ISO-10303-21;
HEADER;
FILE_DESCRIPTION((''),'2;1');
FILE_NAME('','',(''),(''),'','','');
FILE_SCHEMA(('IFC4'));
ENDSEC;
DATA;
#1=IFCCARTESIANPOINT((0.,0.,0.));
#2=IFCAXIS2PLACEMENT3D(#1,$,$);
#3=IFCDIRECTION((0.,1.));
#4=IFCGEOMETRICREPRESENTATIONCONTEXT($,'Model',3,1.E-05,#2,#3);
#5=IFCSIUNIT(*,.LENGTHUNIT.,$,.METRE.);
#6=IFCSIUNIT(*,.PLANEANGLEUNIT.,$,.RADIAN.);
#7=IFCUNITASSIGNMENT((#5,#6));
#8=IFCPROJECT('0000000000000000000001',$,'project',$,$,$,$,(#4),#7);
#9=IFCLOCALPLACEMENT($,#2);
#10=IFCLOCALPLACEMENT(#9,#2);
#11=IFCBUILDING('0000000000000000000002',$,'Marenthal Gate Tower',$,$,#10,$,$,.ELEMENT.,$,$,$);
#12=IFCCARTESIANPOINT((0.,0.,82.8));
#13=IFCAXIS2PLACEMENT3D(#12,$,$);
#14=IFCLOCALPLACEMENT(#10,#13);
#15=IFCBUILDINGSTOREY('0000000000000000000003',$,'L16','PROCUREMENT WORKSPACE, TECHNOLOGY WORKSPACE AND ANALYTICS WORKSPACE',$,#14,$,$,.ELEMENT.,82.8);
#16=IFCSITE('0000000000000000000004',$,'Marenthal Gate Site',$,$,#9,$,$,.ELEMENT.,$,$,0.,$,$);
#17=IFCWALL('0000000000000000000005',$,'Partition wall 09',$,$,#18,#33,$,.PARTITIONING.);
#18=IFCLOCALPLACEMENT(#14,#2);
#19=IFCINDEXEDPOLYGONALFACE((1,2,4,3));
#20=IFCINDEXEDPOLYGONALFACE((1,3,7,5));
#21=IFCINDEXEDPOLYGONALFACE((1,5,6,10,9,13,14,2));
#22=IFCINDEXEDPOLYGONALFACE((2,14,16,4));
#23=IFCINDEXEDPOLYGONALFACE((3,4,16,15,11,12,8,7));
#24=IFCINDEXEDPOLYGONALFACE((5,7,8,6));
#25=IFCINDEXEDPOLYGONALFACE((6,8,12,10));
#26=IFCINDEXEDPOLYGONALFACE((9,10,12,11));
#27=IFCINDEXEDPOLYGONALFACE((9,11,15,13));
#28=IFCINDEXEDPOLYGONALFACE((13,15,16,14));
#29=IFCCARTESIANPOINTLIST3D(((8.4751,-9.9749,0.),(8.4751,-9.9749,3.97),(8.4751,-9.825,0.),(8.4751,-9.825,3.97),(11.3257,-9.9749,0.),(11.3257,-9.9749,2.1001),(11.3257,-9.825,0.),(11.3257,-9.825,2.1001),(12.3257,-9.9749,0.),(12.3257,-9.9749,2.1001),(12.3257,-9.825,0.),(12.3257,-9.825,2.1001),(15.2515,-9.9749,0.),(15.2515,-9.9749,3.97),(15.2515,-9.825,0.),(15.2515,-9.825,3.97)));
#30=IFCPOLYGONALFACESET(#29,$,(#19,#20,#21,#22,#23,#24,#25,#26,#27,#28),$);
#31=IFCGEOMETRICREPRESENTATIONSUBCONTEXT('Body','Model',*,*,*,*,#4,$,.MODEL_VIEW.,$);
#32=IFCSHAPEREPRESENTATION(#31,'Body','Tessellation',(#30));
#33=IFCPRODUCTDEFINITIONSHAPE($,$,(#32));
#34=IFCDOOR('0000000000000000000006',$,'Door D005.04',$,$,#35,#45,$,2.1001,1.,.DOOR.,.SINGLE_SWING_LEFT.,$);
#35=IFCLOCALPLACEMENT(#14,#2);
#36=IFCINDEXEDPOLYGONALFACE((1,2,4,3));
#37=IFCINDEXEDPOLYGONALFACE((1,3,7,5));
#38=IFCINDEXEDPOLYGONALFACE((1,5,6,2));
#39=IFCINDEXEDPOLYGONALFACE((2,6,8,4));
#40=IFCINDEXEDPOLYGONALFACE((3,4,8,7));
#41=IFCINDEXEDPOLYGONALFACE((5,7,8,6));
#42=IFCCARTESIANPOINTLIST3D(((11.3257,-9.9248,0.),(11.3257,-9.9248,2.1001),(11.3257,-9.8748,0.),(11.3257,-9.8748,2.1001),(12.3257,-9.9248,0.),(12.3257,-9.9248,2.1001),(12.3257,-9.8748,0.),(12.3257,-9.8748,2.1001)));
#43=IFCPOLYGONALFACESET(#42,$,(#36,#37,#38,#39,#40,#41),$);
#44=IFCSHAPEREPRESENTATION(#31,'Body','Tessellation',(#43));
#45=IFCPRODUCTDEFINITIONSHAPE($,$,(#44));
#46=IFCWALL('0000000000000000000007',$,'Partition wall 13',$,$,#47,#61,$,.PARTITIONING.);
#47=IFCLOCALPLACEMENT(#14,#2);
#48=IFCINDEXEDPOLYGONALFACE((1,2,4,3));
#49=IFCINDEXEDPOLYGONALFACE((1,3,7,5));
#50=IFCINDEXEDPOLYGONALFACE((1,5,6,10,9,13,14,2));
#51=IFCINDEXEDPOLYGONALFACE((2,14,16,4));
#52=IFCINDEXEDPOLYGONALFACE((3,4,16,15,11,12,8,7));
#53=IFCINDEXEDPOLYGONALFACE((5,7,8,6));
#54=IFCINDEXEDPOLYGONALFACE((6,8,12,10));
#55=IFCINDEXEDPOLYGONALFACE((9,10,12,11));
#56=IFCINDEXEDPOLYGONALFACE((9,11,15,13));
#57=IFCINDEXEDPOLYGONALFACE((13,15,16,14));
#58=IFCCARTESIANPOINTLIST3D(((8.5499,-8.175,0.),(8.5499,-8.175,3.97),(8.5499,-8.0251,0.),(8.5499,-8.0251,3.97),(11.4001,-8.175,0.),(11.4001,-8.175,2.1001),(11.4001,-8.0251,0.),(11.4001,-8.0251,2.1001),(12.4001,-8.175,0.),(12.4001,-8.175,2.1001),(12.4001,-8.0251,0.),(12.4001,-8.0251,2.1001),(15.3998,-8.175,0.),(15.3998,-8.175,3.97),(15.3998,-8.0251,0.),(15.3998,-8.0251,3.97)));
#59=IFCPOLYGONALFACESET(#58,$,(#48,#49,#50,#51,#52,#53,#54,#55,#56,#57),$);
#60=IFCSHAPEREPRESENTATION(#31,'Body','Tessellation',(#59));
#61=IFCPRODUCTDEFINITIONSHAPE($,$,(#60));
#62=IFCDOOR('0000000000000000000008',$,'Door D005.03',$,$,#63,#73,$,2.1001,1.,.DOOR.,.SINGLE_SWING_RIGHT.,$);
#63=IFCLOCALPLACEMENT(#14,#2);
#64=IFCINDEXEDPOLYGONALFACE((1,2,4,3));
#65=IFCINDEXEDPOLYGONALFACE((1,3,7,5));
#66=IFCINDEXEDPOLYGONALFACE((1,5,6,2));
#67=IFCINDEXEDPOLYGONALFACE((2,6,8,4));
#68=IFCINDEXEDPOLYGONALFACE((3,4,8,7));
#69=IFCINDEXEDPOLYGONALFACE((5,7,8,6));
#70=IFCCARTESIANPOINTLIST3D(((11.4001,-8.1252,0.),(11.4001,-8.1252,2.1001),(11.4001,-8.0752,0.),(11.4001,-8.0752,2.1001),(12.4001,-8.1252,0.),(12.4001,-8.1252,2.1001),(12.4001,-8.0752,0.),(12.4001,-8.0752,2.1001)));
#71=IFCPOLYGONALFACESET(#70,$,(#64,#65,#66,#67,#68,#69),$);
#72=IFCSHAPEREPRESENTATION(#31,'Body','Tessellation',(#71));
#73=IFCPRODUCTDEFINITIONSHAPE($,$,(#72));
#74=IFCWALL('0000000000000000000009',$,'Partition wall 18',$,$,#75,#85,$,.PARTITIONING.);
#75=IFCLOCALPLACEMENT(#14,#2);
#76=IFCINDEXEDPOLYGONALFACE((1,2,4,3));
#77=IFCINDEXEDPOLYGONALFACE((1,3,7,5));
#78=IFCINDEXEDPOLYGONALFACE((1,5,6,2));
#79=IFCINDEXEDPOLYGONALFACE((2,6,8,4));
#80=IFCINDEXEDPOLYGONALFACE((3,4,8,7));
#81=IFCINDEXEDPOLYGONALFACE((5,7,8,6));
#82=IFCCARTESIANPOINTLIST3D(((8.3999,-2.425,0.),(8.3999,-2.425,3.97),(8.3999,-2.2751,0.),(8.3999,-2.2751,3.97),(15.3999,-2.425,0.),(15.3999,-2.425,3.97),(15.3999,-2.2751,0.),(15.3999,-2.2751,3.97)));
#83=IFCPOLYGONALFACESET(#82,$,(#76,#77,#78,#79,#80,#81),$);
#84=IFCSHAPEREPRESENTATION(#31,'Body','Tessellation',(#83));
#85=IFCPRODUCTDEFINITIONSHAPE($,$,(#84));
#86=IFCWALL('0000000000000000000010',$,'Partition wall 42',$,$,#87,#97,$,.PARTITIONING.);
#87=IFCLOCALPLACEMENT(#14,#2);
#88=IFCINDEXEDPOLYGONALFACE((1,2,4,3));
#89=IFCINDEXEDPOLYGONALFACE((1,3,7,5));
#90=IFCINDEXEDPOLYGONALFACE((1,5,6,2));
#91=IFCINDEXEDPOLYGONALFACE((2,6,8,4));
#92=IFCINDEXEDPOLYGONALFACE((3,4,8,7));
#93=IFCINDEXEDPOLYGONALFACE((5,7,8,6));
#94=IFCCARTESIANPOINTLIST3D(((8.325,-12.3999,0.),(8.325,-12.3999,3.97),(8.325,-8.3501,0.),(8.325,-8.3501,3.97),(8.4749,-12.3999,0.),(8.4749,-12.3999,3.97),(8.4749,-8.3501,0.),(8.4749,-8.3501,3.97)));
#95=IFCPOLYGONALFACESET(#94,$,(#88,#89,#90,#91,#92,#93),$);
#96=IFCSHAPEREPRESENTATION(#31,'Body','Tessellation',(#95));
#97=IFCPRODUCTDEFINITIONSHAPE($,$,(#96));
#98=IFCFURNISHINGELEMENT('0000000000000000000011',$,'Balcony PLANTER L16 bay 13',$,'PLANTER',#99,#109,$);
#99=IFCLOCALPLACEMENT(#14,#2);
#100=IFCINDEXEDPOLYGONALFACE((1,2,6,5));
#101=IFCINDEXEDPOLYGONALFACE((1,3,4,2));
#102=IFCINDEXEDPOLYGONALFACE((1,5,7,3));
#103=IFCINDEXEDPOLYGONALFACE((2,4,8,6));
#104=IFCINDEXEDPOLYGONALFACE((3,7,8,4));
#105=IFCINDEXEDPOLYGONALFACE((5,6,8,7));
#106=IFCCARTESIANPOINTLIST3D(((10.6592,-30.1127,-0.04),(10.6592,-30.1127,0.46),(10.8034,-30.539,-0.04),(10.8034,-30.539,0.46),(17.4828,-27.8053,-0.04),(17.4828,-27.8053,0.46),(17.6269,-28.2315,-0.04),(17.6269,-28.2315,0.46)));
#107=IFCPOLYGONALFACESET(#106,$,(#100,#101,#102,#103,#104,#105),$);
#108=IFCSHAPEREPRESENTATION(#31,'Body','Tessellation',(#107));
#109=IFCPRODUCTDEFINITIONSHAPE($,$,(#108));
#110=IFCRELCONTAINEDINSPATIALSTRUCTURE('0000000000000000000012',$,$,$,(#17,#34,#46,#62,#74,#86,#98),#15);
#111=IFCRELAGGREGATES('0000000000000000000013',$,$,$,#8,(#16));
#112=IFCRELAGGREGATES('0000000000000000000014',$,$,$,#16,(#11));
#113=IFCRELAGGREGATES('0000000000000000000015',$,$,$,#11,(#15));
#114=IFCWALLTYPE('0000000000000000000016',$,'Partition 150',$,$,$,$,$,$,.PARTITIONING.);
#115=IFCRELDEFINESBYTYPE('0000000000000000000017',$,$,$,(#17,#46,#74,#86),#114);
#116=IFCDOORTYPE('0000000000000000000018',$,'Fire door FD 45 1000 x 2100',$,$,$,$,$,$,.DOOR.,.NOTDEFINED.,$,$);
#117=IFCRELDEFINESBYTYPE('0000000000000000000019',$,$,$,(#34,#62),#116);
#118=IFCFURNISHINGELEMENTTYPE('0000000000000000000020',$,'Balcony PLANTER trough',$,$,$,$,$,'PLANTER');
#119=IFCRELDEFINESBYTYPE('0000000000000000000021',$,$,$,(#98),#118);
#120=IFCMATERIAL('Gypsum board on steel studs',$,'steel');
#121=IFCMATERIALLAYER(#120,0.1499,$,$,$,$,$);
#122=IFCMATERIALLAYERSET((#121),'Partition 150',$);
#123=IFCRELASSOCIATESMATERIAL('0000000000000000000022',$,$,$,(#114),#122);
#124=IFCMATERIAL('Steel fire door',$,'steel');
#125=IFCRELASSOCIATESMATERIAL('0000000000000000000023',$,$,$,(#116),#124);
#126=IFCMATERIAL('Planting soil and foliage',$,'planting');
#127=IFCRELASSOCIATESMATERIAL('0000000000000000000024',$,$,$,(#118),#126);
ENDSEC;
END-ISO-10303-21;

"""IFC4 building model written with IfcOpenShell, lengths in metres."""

from ifc_helpers import new_model, si_unit, direction, frame, frame_2d, origin, origin_2d, place, context, subcontext, project, spatial, rectangle, extrude, material, layer, layer_set, type_object, element, fill, save


model = new_model("IFC4")

# Units and contexts
model_context = context("Model", 3, precision=1e-05, world=origin(), true_north=direction((0.0, 1.0)))
body_context = subcontext(model_context, "Body", "Model", "MODEL_VIEW")
ifc_project = project(units=[si_unit("LENGTHUNIT", "METRE"), si_unit("PLANEANGLEUNIT", "RADIAN")], contexts=[model_context])

# Site, building, storey
site_placement = place(None, origin())
site = spatial("IfcSite", under=ifc_project, at=site_placement, Name="Marenthal Gate Site", CompositionType="ELEMENT", RefElevation=0.0)
building_placement = place(site_placement, origin())
building = spatial("IfcBuilding", under=site, at=building_placement, Name="Marenthal Gate Tower", CompositionType="ELEMENT")
storey_placement = place(building_placement, frame((0.0, 0.0, 82.8)))
storey = spatial("IfcBuildingStorey", under=building, at=storey_placement, Name="L16", Description="PROCUREMENT WORKSPACE, TECHNOLOGY WORKSPACE AND ANALYTICS WORKSPACE", CompositionType="ELEMENT", Elevation=82.8)

# Walls, openings, doors
ifc_material_1 = material(Name="Gypsum board on steel studs", Category="steel")
ifc_layer_1 = layer(ifc_material_1, 0.1499)
ifc_layer_set_1 = layer_set([ifc_layer_1], Name="Partition 150")
wall_type_1 = type_object("IfcWallType", Name="Partition 150", PredefinedType="PARTITIONING", material=ifc_layer_set_1)
wall_1_placement = place(storey_placement, frame((8.4751, -9.8999, 0.0), z_axis=(0.0, 0.0, 1.0), x_axis=(1.0, 0.0, 0.0)))
wall_1 = element("IfcWall", 1, at=wall_1_placement, inside=storey, type_object=wall_type_1, Name="Partition wall 09", PredefinedType="PARTITIONING", context=body_context, shape_type="SweptSolid", body=[
    extrude(rectangle(XDim=6.7764, YDim=0.1499, at=frame_2d((3.3882, 0.0))), origin(), (0.0, 0.0, 1.0), 3.97),
])
opening_1_placement = place(wall_1_placement, frame((2.8506, 0.0, 0.0)))
opening_1 = element("IfcOpeningElement", 2, at=opening_1_placement, cuts=wall_1, PredefinedType="OPENING", context=body_context, shape_type="SweptSolid", body=[
    extrude(rectangle(XDim=1.0, YDim=2.1001, at=frame_2d((0.5, 1.05))), frame((0.0, 0.085, 0.0), z_axis=(0.0, -1.0, 0.0), x_axis=(1.0, 0.0, 0.0)), (0.0, 0.0, 1.0), 0.1699),
])
ifc_material_2 = material(Name="Steel fire door", Category="steel")
door_type_1 = type_object("IfcDoorType", Name="Fire door FD 45 1000 x 2100", OperationType="NOTDEFINED", PredefinedType="DOOR", material=ifc_material_2)
door_1_placement = place(opening_1_placement, frame((1.0, 0.0, 0.0), z_axis=(0.0, 0.0, 1.0), x_axis=(-1.0, 0.0, 0.0)))
door_1 = element("IfcDoor", 3, at=door_1_placement, inside=storey, type_object=door_type_1, Name="Door D005.04", OperationType="SINGLE_SWING_LEFT", OverallHeight=2.1001, OverallWidth=1.0, PredefinedType="DOOR", context=body_context, shape_type="SweptSolid", body=[
    extrude(rectangle(XDim=1.0, YDim=2.1001, at=frame_2d((0.5, 1.05))), frame((0.0, 0.0249, 0.0), z_axis=(0.0, -1.0, 0.0), x_axis=(1.0, 0.0, 0.0)), (0.0, 0.0, 1.0), 0.05),
])
fill(opening_1, door_1)
wall_2_placement = place(storey_placement, frame((8.55, -8.1001, 0.0), z_axis=(0.0, 0.0, 1.0), x_axis=(1.0, 0.0, 0.0)))
wall_2 = element("IfcWall", 4, at=wall_2_placement, inside=storey, type_object=wall_type_1, Name="Partition wall 13", PredefinedType="PARTITIONING", context=body_context, shape_type="SweptSolid", body=[
    extrude(rectangle(XDim=6.8499, YDim=0.1499, at=frame_2d((3.4248, 0.0))), origin(), (0.0, 0.0, 1.0), 3.97),
])
opening_2_placement = place(wall_2_placement, frame((2.8501, 0.0, 0.0)))
opening_2 = element("IfcOpeningElement", 5, at=opening_2_placement, cuts=wall_2, PredefinedType="OPENING", context=body_context, shape_type="SweptSolid", body=[
    extrude(rectangle(XDim=1.0, YDim=2.1001, at=frame_2d((0.5, 1.05))), frame((0.0, 0.085, 0.0), z_axis=(0.0, -1.0, 0.0), x_axis=(1.0, 0.0, 0.0)), (0.0, 0.0, 1.0), 0.1699),
])
door_2_placement = place(opening_2_placement, origin())
door_2 = element("IfcDoor", 6, at=door_2_placement, inside=storey, type_object=door_type_1, Name="Door D005.03", OperationType="SINGLE_SWING_RIGHT", OverallHeight=2.1001, OverallWidth=1.0, PredefinedType="DOOR", context=body_context, shape_type="SweptSolid", body=[
    extrude(rectangle(XDim=1.0, YDim=2.1001, at=frame_2d((0.5, 1.05))), frame((0.0, 0.0249, 0.0), z_axis=(0.0, -1.0, 0.0), x_axis=(1.0, 0.0, 0.0)), (0.0, 0.0, 1.0), 0.05),
])
fill(opening_2, door_2)

# Walls
wall_3_placement = place(storey_placement, frame((8.3999, -2.3501, 0.0), z_axis=(0.0, 0.0, 1.0), x_axis=(1.0, 0.0, 0.0)))
element("IfcWall", 7, at=wall_3_placement, inside=storey, type_object=wall_type_1, Name="Partition wall 18", PredefinedType="PARTITIONING", context=body_context, shape_type="SweptSolid", body=[
    extrude(rectangle(XDim=7.0, YDim=0.1499, at=frame_2d((3.5, 0.0))), origin(), (0.0, 0.0, 1.0), 3.97),
])
wall_4_placement = place(storey_placement, frame((8.3999, -12.3999, 0.0), z_axis=(0.0, 0.0, 1.0), x_axis=(0.0, 1.0, 0.0)))
element("IfcWall", 8, at=wall_4_placement, inside=storey, type_object=wall_type_1, Name="Partition wall 42", PredefinedType="PARTITIONING", context=body_context, shape_type="SweptSolid", body=[
    extrude(rectangle(XDim=4.0498, YDim=0.1499, at=frame_2d((2.0249, 0.0))), origin(), (0.0, 0.0, 1.0), 3.97),
])

# Furnishing element
ifc_material_3 = material(Name="Planting soil and foliage", Category="planting")
furnishing_element_type = type_object("IfcFurnishingElementType", Name="Balcony PLANTER trough", ElementType="PLANTER", material=ifc_material_3)
furnishing_placement = place(storey_placement, frame((14.1431, -29.1721, -0.04), z_axis=(0.0, 0.0, 1.0), x_axis=(0.947302, 0.320343, 0.0)))
element("IfcFurnishingElement", 9, at=furnishing_placement, inside=storey, type_object=furnishing_element_type, Name="Balcony PLANTER L16 bay 13", ObjectType="PLANTER", context=body_context, shape_type="SweptSolid", body=[
    extrude(rectangle(XDim=7.2031, YDim=0.45, at=origin_2d()), origin(), (0.0, 0.0, 1.0), 0.5),
])

save(model, "model.ifc")
